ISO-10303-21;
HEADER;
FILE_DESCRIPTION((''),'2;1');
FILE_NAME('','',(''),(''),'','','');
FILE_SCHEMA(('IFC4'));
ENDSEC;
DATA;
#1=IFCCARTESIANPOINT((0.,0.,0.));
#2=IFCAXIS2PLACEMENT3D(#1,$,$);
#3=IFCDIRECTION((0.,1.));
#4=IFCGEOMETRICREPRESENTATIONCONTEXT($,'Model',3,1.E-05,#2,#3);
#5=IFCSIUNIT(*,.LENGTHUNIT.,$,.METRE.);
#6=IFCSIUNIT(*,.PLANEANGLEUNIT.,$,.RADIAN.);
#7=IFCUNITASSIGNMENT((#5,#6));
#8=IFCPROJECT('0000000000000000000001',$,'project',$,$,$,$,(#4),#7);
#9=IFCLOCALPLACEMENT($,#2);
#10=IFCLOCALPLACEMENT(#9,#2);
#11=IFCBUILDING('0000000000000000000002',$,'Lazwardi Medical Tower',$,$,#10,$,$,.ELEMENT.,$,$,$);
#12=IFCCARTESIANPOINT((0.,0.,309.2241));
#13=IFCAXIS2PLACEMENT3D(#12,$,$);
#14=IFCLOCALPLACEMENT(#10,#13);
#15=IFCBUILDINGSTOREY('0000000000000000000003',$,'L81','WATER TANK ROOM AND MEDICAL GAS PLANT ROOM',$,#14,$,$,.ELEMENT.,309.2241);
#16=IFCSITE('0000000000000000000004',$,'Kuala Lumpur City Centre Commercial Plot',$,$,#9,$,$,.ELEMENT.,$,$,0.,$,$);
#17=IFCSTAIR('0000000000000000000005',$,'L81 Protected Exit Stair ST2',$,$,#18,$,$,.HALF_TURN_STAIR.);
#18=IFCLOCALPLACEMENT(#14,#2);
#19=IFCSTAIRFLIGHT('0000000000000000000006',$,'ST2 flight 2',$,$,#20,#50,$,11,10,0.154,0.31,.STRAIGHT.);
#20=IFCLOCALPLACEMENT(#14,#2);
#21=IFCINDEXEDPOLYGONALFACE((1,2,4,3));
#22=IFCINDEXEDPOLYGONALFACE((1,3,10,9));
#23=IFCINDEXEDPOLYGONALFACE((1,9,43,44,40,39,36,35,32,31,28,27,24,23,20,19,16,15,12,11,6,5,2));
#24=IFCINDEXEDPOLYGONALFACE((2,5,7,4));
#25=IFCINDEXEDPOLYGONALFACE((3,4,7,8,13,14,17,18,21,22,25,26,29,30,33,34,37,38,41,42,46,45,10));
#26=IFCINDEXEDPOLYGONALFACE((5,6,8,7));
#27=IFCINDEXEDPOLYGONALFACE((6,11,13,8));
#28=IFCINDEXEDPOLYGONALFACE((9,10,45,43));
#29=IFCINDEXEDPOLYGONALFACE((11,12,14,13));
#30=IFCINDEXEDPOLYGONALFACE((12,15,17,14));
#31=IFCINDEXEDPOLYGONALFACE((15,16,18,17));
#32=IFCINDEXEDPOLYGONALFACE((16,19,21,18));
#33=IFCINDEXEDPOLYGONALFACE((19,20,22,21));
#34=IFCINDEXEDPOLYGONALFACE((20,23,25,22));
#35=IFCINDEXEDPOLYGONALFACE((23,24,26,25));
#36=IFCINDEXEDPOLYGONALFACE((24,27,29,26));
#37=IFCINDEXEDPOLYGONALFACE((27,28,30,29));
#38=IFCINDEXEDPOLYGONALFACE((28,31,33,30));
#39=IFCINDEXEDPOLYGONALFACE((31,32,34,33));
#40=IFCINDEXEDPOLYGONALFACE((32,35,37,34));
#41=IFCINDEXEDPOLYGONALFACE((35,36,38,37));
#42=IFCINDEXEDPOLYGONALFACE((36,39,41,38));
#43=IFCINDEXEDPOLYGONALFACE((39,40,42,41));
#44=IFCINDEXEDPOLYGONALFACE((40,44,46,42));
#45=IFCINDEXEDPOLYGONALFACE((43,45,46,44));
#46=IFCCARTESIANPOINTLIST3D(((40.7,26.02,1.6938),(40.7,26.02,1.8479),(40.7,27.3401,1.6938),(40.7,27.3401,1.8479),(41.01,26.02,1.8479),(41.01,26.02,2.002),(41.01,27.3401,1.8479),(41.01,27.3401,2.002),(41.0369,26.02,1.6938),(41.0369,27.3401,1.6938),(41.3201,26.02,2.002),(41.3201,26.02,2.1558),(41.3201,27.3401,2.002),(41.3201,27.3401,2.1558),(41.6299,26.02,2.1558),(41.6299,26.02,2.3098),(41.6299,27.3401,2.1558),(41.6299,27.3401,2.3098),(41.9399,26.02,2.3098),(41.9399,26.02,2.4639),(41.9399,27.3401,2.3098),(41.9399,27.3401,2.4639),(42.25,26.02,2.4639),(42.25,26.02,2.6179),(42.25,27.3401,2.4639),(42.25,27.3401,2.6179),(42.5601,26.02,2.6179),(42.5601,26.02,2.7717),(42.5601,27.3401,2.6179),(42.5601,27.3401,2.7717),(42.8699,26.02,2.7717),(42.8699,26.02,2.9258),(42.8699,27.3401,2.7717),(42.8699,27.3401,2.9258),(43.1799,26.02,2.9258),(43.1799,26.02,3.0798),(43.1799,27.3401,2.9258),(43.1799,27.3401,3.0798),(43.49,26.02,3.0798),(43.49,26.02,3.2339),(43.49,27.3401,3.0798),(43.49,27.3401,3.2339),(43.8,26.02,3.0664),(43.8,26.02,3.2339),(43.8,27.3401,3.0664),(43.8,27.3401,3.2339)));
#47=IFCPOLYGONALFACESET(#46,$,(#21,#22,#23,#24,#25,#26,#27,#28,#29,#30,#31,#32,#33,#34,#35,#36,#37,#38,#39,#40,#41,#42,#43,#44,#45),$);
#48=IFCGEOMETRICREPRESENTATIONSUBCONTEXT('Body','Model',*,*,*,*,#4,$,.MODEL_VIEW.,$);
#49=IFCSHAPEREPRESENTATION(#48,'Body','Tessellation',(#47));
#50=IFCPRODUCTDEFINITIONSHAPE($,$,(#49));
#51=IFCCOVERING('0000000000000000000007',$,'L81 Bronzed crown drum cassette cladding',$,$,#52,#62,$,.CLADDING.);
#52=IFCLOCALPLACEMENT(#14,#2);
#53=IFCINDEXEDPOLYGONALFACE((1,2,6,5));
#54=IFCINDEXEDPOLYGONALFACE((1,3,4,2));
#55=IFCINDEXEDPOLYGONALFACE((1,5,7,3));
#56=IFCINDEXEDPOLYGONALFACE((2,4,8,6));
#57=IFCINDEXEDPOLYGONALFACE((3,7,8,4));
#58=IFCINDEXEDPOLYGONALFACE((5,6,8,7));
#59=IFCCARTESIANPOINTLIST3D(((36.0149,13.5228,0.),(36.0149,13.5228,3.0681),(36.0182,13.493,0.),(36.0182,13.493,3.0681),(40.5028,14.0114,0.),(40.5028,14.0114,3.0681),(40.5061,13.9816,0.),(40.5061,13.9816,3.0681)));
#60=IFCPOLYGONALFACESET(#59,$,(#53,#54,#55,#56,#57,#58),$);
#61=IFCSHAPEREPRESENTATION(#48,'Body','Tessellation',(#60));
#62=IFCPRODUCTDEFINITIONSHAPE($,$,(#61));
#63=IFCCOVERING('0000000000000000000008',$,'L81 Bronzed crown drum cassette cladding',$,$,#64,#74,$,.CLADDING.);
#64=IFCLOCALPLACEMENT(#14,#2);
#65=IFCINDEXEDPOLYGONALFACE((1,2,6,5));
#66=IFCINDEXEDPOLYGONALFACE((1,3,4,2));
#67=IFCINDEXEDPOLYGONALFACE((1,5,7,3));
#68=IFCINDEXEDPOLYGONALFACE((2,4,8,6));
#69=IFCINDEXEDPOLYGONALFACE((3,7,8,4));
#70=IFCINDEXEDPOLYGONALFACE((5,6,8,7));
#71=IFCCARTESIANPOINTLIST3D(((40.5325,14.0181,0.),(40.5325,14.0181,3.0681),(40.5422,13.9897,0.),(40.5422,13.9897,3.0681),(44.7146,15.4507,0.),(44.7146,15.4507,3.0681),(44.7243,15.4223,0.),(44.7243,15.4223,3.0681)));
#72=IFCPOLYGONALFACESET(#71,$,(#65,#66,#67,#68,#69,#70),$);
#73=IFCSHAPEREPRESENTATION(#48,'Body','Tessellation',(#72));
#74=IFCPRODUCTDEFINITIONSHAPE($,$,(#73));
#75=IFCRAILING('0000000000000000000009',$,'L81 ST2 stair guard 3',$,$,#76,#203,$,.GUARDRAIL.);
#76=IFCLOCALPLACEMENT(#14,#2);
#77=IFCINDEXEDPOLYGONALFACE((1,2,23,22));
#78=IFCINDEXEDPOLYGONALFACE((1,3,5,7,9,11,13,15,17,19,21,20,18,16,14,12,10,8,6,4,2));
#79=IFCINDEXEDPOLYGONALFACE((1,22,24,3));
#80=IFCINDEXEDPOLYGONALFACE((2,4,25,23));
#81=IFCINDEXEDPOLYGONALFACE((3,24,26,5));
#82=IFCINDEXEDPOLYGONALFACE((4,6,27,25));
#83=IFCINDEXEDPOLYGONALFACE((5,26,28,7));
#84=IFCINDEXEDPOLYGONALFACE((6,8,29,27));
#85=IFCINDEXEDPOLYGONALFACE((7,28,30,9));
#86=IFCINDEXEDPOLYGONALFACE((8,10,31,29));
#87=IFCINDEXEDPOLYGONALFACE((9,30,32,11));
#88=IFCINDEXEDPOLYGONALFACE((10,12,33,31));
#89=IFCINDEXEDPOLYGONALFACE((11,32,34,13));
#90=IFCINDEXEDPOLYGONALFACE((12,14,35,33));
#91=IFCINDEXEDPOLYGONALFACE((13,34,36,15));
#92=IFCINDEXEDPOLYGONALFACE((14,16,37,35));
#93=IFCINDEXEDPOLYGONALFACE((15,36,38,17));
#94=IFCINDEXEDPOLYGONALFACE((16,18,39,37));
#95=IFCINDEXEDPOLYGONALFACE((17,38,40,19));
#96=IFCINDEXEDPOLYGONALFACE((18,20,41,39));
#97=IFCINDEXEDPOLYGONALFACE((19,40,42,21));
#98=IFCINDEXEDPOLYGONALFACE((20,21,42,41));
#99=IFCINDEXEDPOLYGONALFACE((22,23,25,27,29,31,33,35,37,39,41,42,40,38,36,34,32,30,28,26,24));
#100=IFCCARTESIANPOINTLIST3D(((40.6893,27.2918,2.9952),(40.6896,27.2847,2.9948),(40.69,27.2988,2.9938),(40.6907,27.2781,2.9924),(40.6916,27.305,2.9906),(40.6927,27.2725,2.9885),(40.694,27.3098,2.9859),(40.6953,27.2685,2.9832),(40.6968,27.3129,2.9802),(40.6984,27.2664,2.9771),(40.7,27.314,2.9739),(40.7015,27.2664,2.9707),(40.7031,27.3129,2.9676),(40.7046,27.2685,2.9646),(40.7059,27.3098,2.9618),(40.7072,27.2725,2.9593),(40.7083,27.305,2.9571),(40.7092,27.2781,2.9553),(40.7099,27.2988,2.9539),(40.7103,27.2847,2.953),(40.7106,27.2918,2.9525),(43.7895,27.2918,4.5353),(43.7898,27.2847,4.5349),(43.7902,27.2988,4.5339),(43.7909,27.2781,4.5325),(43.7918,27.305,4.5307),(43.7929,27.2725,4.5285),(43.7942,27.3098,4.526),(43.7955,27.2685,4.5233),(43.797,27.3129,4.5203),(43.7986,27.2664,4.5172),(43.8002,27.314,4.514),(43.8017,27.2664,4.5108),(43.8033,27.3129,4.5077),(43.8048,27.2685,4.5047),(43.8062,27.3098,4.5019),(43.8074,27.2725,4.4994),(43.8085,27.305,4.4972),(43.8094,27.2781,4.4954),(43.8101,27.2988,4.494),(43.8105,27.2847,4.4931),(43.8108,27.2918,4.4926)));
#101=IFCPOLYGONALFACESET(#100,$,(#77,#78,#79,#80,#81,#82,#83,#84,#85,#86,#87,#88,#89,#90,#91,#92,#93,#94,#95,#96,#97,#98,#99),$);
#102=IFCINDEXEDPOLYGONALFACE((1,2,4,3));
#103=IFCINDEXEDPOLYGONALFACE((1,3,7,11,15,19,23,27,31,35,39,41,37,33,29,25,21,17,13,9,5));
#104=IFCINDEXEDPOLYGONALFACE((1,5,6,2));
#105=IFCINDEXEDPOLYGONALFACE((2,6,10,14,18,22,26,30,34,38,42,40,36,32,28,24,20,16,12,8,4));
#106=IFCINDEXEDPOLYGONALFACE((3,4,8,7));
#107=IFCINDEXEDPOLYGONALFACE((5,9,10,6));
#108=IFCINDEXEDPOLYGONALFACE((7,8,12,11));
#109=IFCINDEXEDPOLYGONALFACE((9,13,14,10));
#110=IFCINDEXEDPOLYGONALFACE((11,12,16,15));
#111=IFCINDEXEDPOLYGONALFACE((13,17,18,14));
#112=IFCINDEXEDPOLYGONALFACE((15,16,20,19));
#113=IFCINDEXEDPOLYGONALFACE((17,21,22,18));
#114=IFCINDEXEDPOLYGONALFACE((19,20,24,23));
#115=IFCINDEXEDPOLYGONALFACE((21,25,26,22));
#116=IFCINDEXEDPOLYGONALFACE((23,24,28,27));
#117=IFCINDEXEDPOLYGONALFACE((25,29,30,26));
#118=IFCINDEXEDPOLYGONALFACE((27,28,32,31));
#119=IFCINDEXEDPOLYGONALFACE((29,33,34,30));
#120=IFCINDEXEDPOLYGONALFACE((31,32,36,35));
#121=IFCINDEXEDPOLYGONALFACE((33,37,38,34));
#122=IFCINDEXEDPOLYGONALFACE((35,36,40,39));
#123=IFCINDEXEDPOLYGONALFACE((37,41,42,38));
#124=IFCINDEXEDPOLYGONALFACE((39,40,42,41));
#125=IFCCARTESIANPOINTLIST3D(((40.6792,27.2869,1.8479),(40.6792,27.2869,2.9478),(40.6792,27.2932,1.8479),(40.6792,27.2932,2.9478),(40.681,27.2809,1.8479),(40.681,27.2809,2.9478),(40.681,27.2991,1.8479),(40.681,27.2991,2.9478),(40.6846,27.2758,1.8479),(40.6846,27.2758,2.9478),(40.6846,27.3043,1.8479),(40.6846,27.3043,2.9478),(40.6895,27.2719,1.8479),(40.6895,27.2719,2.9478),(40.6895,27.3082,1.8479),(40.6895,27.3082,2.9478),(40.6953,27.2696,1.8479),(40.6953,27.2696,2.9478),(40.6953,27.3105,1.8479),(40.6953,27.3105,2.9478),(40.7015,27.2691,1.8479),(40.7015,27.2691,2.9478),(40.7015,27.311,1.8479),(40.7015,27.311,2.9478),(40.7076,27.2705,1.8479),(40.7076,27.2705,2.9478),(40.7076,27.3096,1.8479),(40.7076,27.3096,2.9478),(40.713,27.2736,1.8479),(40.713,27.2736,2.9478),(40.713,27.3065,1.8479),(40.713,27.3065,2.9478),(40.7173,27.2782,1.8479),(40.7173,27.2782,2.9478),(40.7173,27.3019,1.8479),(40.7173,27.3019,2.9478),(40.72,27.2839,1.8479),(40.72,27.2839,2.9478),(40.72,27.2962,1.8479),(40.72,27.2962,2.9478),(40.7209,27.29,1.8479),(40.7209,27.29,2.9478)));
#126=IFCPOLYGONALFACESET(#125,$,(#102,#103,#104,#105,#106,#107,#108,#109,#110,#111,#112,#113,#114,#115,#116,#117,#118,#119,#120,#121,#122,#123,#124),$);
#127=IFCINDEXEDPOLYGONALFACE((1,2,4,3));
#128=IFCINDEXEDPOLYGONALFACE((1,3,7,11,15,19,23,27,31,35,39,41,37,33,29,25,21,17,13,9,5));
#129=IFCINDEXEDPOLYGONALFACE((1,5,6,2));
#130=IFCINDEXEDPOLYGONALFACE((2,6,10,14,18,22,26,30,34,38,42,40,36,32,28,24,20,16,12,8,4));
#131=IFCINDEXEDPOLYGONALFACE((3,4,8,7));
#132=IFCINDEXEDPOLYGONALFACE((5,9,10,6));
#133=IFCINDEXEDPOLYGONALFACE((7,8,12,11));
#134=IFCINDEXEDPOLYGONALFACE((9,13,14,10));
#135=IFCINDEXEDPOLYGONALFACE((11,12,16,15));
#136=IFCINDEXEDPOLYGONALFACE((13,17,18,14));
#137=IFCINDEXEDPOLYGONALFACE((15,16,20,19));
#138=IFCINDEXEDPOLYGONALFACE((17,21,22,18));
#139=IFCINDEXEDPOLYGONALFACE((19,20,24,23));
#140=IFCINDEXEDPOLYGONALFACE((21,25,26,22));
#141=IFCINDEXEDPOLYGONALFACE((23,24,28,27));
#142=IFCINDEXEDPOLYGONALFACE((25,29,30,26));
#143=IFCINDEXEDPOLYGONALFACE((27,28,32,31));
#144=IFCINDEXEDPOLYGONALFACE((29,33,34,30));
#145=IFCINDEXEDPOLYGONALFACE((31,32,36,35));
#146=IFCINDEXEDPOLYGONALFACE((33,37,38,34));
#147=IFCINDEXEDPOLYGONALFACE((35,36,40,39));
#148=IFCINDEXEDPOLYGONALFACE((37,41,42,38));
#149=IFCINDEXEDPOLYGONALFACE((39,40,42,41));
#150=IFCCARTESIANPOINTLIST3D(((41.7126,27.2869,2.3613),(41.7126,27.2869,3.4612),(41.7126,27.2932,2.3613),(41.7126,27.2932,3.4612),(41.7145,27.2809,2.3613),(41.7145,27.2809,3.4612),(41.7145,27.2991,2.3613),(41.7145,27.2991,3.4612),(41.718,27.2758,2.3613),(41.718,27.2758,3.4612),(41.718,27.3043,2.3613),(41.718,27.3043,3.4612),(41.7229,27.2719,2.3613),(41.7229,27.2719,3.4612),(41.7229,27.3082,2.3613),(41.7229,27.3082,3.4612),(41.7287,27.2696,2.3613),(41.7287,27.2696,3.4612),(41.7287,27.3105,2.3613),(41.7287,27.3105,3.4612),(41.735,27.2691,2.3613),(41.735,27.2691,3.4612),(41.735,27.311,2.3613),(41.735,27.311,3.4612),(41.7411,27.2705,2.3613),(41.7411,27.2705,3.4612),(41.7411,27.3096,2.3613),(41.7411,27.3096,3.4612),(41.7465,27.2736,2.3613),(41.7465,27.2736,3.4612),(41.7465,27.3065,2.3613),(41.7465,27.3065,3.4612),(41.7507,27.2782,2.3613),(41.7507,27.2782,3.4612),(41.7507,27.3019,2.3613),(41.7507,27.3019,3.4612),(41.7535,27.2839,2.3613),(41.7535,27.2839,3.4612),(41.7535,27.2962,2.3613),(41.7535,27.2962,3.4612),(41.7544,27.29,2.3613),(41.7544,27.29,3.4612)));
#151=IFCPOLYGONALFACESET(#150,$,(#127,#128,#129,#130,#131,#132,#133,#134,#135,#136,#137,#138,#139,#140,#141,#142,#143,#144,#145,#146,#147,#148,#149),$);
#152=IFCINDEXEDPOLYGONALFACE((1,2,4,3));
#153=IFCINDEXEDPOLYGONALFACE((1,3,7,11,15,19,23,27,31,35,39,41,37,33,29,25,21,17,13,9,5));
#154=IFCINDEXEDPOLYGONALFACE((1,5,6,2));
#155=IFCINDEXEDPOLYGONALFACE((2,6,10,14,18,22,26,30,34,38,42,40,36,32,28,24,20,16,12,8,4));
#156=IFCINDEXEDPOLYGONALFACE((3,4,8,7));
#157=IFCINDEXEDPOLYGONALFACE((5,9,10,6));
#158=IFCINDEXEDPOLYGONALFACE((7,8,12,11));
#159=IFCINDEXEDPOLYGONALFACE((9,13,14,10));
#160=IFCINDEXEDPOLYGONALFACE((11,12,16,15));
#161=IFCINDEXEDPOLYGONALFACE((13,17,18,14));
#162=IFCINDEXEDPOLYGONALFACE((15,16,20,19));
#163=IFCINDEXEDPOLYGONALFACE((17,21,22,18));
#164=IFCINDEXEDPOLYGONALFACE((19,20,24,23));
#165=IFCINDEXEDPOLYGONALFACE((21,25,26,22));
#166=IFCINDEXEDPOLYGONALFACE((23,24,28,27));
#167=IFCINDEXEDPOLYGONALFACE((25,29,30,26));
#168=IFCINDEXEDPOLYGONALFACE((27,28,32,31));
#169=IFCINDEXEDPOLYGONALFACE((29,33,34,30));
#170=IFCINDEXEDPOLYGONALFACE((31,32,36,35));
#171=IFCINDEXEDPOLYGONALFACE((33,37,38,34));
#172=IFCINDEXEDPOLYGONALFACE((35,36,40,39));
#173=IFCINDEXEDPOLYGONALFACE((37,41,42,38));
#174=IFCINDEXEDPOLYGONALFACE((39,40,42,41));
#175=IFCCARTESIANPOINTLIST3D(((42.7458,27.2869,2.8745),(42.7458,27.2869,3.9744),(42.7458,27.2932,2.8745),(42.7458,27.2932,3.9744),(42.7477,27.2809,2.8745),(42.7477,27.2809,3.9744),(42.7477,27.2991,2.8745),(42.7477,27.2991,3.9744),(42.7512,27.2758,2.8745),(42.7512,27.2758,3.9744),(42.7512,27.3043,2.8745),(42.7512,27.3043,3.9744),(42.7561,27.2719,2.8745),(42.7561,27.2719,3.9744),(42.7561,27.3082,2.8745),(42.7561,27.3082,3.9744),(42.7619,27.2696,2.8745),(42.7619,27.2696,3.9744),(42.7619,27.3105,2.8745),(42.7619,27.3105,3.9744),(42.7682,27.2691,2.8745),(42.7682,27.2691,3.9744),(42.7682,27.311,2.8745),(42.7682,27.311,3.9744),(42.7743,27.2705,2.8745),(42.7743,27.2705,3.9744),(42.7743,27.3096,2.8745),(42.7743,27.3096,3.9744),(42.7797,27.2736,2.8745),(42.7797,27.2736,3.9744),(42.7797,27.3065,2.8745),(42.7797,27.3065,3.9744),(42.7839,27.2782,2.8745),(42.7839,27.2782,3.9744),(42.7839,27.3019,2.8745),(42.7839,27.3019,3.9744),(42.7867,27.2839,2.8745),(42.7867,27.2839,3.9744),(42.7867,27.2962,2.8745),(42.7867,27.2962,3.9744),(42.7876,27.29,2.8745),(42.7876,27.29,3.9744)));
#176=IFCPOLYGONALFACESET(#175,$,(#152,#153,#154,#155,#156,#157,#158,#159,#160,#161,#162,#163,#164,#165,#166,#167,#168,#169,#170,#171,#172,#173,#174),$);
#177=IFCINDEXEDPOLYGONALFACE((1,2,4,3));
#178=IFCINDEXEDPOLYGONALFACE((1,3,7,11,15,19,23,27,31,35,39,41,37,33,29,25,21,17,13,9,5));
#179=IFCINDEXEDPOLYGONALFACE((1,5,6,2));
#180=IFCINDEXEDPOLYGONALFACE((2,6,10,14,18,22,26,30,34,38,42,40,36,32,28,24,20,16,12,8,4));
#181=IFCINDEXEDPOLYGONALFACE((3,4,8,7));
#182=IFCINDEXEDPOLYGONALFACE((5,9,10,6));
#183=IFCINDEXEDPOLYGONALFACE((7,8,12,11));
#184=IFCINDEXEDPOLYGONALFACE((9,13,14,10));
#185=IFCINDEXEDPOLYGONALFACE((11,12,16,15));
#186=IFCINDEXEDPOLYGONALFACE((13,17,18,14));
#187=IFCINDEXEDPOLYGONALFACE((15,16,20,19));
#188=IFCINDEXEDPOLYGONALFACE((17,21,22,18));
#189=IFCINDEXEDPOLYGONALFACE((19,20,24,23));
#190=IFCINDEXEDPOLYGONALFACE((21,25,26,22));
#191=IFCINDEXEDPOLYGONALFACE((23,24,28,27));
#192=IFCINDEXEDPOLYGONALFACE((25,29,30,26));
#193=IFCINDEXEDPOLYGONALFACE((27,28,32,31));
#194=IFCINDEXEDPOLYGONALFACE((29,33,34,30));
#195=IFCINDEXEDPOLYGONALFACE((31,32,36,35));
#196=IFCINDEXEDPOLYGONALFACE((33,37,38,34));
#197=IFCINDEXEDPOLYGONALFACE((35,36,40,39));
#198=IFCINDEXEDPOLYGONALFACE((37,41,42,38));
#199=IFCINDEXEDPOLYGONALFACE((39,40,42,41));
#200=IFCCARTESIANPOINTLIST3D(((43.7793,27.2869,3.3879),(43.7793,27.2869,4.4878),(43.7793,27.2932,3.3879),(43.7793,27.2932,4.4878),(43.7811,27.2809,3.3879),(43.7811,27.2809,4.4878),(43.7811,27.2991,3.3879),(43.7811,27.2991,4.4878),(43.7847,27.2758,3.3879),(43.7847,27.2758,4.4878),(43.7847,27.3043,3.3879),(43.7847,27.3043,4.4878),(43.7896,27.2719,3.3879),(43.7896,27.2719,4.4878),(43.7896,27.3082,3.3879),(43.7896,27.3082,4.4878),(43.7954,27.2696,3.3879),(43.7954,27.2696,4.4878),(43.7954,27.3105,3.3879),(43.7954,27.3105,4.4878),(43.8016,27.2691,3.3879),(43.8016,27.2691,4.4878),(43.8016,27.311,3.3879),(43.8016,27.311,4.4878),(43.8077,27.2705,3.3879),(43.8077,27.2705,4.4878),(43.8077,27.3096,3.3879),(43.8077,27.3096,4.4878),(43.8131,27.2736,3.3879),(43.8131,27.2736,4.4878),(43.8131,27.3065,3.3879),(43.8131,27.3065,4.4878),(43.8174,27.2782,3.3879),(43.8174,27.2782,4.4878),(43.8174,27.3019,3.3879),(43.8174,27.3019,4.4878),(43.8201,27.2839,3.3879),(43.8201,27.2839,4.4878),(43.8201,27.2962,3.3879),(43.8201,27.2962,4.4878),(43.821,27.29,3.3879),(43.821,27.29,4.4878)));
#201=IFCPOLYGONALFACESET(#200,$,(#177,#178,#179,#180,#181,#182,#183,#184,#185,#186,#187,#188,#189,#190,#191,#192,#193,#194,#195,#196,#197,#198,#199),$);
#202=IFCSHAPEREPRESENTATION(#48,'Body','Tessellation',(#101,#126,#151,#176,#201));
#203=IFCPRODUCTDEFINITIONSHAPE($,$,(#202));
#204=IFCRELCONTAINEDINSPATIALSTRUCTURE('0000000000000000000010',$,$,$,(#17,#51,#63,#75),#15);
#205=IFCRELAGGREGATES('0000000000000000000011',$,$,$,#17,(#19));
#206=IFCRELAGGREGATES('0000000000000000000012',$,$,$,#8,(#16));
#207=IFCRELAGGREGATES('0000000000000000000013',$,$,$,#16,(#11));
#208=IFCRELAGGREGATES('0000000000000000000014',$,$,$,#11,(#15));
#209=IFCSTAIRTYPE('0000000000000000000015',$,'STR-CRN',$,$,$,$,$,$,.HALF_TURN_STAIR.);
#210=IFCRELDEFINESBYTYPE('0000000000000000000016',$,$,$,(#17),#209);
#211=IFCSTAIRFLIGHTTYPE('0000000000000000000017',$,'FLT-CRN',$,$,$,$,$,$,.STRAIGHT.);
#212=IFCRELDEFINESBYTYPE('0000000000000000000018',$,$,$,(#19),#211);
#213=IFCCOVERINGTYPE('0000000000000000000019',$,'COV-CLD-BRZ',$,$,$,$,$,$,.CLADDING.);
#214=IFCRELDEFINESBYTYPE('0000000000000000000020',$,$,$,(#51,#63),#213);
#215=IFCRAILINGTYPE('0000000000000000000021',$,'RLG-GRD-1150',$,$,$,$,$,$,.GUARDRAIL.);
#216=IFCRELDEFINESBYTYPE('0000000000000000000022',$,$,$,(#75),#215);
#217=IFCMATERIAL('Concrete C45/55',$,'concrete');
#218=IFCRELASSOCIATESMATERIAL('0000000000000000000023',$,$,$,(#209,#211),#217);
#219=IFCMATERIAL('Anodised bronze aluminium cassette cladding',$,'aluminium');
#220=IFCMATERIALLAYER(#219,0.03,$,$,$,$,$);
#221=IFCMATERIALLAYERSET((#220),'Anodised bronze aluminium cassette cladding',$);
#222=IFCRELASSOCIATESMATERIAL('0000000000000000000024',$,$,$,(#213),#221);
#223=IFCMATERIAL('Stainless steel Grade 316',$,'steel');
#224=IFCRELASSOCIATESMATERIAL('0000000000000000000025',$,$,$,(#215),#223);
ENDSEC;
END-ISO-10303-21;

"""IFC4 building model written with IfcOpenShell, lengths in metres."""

from ifc_helpers import new_model, si_unit, direction, frame, origin, origin_2d, place, context, subcontext, project, spatial, polyline, rectangle, circle, outline, extrude, material, layer, layer_set, type_object, element, aggregate, save


model = new_model("IFC4")

# Units and contexts
model_context = context("Model", 3, precision=1e-05, world=origin(), true_north=direction((0.0, 1.0)))
body_context = subcontext(model_context, "Body", "Model", "MODEL_VIEW")
ifc_project = project(units=[si_unit("LENGTHUNIT", "METRE"), si_unit("PLANEANGLEUNIT", "RADIAN")], contexts=[model_context])

# Site, building, storey
site_placement = place(None, origin())
site = spatial("IfcSite", under=ifc_project, at=site_placement, Name="Kuala Lumpur City Centre Commercial Plot", CompositionType="ELEMENT", RefElevation=0.0)
building_placement = place(site_placement, origin())
building = spatial("IfcBuilding", under=site, at=building_placement, Name="Lazwardi Medical Tower", CompositionType="ELEMENT")
storey_placement = place(building_placement, frame((0.0, 0.0, 309.2241)))
storey = spatial("IfcBuildingStorey", under=building, at=storey_placement, Name="L81", Description="WATER TANK ROOM AND MEDICAL GAS PLANT ROOM", CompositionType="ELEMENT", Elevation=309.2241)

# Stair, stair flight
ifc_material_1 = material(Name="Concrete C45/55", Category="concrete")
stair_type = type_object("IfcStairType", Name="STR-CRN", PredefinedType="HALF_TURN_STAIR", material=ifc_material_1)
stair_placement = place(storey_placement, origin())
stair = element("IfcStair", 1, at=stair_placement, inside=storey, type_object=stair_type, Name="L81 Protected Exit Stair ST2", PredefinedType="HALF_TURN_STAIR")
stair_flight_type = type_object("IfcStairFlightType", Name="FLT-CRN", PredefinedType="STRAIGHT", material=ifc_material_1)
stair_flight_placement = place(storey_placement, frame((40.7, 26.6799, 1.6938), z_axis=(0.0, 0.0, 1.0), x_axis=(1.0, 0.0, 0.0)))
stair_flight = element("IfcStairFlight", 2, at=stair_flight_placement, type_object=stair_flight_type, Name="ST2 flight 2", NumberOfRisers=11, NumberOfTreads=10, PredefinedType="STRAIGHT", RiserHeight=0.154, TreadLength=0.31, context=body_context, shape_type="SweptSolid", body=[
    extrude(outline(polyline([(0.0, 0.0), (0.0, 0.1541), (0.3101, 0.1541), (0.3101, 0.3081), (0.6201, 0.3081), (0.6201, 0.4619), (0.9299, 0.4619), (0.9299, 0.616), (1.24, 0.616), (1.24, 0.77), (1.55, 0.77), (1.55, 0.9241), (1.8601, 0.9241), (1.8601, 1.0779), (2.1699, 1.0779), (2.1699, 1.2319), (2.48, 1.2319), (2.48, 1.386), (2.79, 1.386), (2.79, 1.54), (3.1001, 1.54), (3.1001, 1.6941), (3.1001, 1.3726), (0.3369, 0.0), (0.0, 0.0)])), frame((0.0, 0.6602, 0.0), z_axis=(0.0, -1.0, 0.0), x_axis=(1.0, 0.0, 0.0)), (0.0, 0.0, 1.0), 1.3201),
])
aggregate(stair, [stair_flight])

# Coverings
ifc_material_2 = material(Name="Anodised bronze aluminium cassette cladding", Category="aluminium")
ifc_layer_1 = layer(ifc_material_2, 0.03)
ifc_layer_set_1 = layer_set([ifc_layer_1], Name="Anodised bronze aluminium cassette cladding")
covering_type = type_object("IfcCoveringType", Name="COV-CLD-BRZ", PredefinedType="CLADDING", material=ifc_layer_set_1)
covering_1_placement = place(storey_placement, frame((38.2605, 13.7522, 0.0), z_axis=(0.0, 0.0, 1.0), x_axis=(0.994126, 0.10823, 0.0)))
element("IfcCovering", 3, at=covering_1_placement, inside=storey, type_object=covering_type, Name="L81 Bronzed crown drum cassette cladding", PredefinedType="CLADDING", context=body_context, shape_type="SweptSolid", body=[
    extrude(rectangle(XDim=4.5144, YDim=0.03, at=origin_2d()), origin(), (0.0, 0.0, 1.0), 3.0681),
])
covering_2_placement = place(storey_placement, frame((42.6284, 14.7202, 0.0), z_axis=(0.0, 0.0, 1.0), x_axis=(0.946033, 0.324069, 0.0)))
element("IfcCovering", 4, at=covering_2_placement, inside=storey, type_object=covering_type, Name="L81 Bronzed crown drum cassette cladding", PredefinedType="CLADDING", context=body_context, shape_type="SweptSolid", body=[
    extrude(rectangle(XDim=4.4207, YDim=0.03, at=origin_2d()), origin(), (0.0, 0.0, 1.0), 3.0681),
])

# Railing
ifc_material_3 = material(Name="Stainless steel Grade 316", Category="steel")
railing_type_1 = type_object("IfcRailingType", Name="RLG-GRD-1150", PredefinedType="GUARDRAIL", material=ifc_material_3)
railing_1_placement = place(storey_placement, frame((40.7, 27.29, 1.8479)))
element("IfcRailing", 5, at=railing_1_placement, inside=storey, type_object=railing_type_1, Name="L81 ST2 stair guard 3", PredefinedType="GUARDRAIL", context=body_context, shape_type="SweptSolid", body=[
    extrude(circle(Radius=0.0239, at=origin_2d()), frame((0.0, 0.0, 1.126), z_axis=(0.895581, 0.0, 0.444899), x_axis=(0.0, 1.0, 0.0)), (0.0, 0.0, 1.0), 3.4617),
    extrude(circle(Radius=0.021, at=origin_2d()), origin(), (0.0, 0.0, 1.0), 1.0999),
    extrude(circle(Radius=0.021, at=origin_2d()), frame((1.0334, 0.0, 0.5134)), (0.0, 0.0, 1.0), 1.0999),
    extrude(circle(Radius=0.021, at=origin_2d()), frame((2.0667, 0.0, 1.0266)), (0.0, 0.0, 1.0), 1.0999),
    extrude(circle(Radius=0.021, at=origin_2d()), frame((3.1001, 0.0, 1.54)), (0.0, 0.0, 1.0), 1.0999),
])

save(model, "model.ifc")
